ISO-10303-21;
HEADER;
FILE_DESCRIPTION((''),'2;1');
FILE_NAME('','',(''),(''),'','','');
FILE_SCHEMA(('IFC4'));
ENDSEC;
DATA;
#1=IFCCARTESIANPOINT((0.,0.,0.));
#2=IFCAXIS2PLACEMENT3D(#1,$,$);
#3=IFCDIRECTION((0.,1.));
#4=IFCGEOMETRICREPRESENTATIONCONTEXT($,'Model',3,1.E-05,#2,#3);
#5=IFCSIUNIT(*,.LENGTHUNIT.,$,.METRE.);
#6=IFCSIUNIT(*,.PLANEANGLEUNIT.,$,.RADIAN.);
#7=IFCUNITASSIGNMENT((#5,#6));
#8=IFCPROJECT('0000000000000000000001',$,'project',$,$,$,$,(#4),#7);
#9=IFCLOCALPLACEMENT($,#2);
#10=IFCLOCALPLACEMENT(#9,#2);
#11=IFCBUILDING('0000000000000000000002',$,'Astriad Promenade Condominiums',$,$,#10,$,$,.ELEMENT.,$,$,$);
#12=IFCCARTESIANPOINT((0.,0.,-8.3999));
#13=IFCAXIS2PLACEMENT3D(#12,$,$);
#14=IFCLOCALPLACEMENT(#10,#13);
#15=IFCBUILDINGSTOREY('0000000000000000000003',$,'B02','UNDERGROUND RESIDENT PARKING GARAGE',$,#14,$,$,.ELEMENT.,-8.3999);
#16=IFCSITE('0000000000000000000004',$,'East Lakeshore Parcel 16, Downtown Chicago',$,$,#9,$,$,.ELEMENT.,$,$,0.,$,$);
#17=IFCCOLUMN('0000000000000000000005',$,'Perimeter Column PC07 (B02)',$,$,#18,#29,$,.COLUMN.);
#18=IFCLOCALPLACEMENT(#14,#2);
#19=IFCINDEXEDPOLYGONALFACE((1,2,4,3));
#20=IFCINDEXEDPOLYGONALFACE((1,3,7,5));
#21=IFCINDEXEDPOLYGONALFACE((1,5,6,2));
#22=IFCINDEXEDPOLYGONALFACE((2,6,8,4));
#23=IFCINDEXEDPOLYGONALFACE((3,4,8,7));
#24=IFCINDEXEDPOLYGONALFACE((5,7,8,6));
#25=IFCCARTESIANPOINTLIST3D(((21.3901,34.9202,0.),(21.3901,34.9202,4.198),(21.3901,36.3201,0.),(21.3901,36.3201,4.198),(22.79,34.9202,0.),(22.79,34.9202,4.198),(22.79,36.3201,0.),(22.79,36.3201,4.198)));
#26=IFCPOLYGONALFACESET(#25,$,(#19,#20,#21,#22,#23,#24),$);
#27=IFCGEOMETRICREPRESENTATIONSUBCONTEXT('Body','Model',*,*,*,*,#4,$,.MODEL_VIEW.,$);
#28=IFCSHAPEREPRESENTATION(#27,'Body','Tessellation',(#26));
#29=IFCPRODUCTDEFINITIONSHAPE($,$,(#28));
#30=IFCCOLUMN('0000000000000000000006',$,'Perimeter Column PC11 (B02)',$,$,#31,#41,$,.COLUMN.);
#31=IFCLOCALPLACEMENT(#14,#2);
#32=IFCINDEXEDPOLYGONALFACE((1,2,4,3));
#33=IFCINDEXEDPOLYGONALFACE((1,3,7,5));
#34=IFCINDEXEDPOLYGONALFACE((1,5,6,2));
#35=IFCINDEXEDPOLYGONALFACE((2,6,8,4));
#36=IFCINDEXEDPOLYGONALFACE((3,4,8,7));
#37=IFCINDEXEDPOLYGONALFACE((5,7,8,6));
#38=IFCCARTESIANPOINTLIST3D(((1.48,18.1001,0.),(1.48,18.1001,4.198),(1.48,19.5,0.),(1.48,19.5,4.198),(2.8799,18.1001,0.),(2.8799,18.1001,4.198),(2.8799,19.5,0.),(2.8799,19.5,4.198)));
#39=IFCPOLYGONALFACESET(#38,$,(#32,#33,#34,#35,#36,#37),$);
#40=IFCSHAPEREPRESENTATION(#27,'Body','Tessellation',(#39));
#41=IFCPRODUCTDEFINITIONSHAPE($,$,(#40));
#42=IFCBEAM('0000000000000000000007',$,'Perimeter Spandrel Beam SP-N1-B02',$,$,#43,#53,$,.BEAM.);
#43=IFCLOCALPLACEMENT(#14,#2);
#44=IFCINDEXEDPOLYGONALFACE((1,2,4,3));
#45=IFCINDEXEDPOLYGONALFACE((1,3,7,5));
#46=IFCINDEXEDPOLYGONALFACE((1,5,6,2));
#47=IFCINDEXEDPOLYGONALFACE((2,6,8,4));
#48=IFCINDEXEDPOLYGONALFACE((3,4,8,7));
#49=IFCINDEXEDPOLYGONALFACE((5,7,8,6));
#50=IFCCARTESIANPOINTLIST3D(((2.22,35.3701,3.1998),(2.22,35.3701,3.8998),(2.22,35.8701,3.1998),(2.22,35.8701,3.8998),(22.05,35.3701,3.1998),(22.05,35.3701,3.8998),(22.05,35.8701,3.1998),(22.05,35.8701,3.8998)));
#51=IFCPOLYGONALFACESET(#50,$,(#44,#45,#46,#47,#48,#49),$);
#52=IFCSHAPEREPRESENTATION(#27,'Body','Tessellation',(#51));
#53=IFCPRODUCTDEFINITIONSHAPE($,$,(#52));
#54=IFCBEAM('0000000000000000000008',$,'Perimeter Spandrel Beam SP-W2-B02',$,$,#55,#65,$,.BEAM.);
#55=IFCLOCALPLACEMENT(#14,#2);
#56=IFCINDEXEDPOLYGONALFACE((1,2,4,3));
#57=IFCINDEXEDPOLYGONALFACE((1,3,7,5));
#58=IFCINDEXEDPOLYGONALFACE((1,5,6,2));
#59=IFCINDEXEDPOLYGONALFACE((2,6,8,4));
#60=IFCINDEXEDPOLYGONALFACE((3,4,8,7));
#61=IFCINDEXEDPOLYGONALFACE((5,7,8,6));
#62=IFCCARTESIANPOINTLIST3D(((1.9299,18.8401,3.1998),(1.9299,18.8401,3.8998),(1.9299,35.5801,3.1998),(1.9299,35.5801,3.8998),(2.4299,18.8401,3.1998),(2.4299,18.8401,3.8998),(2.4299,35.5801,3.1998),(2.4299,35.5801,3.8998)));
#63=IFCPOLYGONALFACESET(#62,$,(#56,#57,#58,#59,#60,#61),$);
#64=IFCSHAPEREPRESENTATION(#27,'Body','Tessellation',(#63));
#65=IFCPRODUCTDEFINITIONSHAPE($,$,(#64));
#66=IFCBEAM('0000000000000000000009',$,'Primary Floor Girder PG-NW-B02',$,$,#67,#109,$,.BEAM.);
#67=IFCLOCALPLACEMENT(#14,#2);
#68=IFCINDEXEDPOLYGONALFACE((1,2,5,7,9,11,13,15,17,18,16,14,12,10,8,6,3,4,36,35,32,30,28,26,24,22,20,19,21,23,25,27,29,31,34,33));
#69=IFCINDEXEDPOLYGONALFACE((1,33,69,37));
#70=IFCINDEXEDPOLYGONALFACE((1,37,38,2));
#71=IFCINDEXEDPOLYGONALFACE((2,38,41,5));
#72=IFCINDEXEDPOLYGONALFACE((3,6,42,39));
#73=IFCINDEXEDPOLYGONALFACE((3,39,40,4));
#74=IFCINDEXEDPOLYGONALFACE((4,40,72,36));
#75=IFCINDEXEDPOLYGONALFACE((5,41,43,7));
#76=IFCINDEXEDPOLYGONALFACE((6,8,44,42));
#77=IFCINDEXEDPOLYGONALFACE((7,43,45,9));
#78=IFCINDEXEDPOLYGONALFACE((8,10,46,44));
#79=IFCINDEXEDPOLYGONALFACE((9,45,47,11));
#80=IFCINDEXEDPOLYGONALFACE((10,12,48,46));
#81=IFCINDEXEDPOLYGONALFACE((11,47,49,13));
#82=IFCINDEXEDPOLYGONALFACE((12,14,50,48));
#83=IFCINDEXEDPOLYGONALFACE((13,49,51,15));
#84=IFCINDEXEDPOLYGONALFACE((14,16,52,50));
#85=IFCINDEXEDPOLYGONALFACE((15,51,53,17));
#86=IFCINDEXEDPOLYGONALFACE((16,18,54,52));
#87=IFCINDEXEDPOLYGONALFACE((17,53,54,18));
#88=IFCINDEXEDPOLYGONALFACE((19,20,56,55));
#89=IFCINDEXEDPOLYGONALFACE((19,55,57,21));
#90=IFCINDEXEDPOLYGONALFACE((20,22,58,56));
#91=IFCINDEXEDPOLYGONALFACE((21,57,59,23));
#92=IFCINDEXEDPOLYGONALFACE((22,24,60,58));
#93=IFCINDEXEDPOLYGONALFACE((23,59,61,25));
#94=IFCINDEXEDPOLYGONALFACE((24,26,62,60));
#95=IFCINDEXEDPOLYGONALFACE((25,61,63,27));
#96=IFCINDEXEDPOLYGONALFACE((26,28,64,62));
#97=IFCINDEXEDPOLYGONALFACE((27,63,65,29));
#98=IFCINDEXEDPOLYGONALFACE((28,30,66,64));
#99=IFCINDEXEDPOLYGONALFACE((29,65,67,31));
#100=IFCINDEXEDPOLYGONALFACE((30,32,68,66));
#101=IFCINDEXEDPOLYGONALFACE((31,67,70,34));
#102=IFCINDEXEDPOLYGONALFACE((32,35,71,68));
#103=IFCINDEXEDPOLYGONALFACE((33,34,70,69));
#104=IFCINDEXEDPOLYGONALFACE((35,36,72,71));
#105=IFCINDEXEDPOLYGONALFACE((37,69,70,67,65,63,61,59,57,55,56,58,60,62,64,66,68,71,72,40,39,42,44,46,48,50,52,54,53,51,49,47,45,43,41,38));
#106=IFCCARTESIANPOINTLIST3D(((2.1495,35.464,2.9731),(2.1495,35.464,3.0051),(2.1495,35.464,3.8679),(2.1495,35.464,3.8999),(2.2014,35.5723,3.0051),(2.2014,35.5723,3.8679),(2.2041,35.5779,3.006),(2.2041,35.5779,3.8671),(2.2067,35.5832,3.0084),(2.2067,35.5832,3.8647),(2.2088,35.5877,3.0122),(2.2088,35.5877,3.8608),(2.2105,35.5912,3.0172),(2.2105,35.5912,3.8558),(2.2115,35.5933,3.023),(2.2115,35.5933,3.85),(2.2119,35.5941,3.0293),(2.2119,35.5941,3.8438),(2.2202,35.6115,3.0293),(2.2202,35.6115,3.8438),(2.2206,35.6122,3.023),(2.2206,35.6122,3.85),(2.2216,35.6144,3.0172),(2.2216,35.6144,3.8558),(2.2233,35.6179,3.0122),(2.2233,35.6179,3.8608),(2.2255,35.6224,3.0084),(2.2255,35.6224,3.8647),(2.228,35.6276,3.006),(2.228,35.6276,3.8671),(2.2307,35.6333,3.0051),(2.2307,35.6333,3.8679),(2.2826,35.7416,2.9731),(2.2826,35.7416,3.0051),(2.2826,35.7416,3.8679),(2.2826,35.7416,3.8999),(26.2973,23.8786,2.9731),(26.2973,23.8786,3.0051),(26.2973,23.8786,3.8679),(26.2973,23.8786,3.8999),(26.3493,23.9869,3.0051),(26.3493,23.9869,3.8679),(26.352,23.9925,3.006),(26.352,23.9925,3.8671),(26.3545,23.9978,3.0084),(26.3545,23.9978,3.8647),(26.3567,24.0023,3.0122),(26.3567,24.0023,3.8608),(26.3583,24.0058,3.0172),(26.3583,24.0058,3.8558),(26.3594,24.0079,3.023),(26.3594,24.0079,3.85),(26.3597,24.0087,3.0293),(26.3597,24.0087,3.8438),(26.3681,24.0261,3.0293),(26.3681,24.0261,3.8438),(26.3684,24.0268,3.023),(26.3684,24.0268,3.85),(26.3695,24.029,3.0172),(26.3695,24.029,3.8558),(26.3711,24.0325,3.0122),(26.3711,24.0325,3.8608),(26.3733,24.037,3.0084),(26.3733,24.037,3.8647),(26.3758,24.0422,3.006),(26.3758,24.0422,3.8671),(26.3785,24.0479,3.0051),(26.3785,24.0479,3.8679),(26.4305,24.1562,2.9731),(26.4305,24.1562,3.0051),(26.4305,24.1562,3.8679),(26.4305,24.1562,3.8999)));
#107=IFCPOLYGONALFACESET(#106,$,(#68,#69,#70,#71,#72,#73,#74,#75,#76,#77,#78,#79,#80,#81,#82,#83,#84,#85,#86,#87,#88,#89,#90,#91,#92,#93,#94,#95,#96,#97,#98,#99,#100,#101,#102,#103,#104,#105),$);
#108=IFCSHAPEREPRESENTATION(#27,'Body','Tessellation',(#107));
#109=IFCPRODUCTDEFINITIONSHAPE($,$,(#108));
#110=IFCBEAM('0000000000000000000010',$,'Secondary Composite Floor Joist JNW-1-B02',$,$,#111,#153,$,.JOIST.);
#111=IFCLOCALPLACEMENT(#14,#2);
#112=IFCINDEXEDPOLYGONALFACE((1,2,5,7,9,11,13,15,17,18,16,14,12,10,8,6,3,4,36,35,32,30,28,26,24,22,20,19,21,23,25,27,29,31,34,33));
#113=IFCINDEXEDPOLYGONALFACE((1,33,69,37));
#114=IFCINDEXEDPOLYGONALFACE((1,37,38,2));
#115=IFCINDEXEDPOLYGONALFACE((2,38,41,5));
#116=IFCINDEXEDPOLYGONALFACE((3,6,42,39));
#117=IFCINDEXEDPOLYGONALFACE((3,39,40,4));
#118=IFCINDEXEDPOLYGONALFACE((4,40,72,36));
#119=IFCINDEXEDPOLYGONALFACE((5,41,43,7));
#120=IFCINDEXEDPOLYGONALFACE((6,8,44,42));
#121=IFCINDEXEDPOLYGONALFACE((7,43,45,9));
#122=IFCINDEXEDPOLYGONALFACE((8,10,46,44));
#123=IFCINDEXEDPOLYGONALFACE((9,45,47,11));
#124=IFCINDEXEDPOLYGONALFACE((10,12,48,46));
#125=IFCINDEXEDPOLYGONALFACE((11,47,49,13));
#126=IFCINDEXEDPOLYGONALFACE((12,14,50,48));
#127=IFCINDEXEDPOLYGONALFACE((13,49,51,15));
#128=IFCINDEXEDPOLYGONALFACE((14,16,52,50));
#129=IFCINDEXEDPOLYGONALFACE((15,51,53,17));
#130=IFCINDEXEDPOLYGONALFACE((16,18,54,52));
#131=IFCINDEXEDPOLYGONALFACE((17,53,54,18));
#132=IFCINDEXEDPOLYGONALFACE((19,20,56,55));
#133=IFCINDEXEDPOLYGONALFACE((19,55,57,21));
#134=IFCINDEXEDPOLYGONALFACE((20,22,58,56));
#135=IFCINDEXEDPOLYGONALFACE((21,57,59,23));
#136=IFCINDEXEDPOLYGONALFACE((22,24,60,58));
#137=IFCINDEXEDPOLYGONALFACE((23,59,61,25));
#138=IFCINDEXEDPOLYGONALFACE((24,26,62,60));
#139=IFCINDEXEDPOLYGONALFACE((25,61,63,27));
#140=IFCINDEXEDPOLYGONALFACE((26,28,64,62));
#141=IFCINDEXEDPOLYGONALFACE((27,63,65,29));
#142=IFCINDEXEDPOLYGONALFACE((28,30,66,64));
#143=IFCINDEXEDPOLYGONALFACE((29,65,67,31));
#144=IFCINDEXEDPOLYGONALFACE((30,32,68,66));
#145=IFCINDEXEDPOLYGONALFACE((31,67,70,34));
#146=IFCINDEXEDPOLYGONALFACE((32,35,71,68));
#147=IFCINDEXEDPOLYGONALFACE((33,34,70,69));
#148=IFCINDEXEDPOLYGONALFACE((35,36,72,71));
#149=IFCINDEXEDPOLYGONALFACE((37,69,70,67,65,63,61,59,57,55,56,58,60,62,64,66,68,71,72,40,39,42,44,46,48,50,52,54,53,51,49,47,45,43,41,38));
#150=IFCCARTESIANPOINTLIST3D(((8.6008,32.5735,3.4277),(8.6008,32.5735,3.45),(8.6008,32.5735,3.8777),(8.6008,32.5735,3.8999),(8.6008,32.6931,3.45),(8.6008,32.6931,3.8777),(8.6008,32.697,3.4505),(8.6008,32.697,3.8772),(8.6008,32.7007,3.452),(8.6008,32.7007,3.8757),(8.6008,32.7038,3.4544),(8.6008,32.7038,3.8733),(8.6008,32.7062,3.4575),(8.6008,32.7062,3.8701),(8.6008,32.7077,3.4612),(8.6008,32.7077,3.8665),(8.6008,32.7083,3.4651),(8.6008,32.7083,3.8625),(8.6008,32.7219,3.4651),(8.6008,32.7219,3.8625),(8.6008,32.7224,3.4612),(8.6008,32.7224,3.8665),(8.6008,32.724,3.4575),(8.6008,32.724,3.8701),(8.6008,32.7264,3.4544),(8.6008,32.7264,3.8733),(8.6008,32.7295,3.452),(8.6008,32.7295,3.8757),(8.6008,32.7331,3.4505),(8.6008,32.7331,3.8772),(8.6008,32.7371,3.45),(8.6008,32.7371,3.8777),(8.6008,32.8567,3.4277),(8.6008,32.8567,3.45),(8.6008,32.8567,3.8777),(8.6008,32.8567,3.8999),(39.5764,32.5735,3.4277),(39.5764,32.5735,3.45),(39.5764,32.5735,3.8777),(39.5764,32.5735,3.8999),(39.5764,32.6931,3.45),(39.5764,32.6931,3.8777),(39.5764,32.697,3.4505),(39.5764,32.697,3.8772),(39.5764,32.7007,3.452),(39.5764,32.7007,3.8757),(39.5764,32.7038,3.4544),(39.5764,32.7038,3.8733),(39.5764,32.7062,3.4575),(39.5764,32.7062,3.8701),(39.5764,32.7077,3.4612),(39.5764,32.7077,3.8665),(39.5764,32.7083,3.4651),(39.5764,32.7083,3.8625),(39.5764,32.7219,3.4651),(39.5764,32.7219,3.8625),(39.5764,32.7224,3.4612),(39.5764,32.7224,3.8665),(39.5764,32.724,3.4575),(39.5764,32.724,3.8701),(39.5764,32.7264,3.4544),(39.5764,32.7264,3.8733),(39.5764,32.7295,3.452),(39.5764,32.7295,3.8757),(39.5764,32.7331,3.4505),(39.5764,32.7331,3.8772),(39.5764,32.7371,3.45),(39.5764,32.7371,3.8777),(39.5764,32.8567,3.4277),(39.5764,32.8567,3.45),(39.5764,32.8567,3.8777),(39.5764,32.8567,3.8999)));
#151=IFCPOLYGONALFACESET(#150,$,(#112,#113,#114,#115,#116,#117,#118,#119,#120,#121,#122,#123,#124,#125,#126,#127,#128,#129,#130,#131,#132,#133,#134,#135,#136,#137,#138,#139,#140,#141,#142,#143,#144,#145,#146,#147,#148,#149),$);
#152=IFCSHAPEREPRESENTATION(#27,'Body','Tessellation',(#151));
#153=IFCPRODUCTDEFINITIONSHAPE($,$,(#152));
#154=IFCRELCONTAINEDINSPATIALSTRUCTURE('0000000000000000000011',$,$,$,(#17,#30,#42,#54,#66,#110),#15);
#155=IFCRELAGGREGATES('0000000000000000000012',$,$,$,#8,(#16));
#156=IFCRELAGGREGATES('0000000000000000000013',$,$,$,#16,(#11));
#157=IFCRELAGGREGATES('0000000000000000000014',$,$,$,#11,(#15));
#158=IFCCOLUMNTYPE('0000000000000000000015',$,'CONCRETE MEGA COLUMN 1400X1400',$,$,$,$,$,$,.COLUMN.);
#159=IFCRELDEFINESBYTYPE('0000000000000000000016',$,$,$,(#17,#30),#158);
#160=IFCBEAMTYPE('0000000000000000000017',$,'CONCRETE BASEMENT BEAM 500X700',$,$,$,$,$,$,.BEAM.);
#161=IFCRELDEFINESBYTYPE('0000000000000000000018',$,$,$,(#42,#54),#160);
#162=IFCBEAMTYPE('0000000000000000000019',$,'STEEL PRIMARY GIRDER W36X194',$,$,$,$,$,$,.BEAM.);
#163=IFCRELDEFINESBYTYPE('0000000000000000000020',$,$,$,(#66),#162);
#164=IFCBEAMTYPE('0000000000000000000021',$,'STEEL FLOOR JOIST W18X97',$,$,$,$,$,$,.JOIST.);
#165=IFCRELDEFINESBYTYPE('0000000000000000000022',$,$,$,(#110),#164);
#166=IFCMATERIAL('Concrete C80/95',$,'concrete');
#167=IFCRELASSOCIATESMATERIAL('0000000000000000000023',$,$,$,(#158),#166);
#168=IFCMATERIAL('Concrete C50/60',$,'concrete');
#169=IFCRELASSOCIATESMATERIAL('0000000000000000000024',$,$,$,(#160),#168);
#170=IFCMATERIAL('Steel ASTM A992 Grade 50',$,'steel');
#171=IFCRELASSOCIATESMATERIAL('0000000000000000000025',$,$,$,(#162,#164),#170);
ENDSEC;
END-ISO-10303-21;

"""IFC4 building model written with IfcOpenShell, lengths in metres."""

from ifc_helpers import new_model, si_unit, direction, frame, origin, origin_2d, place, context, subcontext, project, spatial, rectangle, i_section, extrude, source, transform, mapped, material, material_profile, profile_set, type_object, type_shapes, element, save


model = new_model("IFC4")

# Units and contexts
model_context = context("Model", 3, precision=1e-05, world=origin(), true_north=direction((0.0, 1.0)))
body_context = subcontext(model_context, "Body", "Model", "MODEL_VIEW")
ifc_project = project(units=[si_unit("LENGTHUNIT", "METRE"), si_unit("PLANEANGLEUNIT", "RADIAN")], contexts=[model_context])

# Site, building, storey
site_placement = place(None, origin())
site = spatial("IfcSite", under=ifc_project, at=site_placement, Name="East Lakeshore Parcel 16, Downtown Chicago", CompositionType="ELEMENT", RefElevation=0.0)
building_placement = place(site_placement, origin())
building = spatial("IfcBuilding", under=site, at=building_placement, Name="Astriad Promenade Condominiums", CompositionType="ELEMENT")
storey_placement = place(building_placement, frame((0.0, 0.0, -8.3999)))
storey = spatial("IfcBuildingStorey", under=building, at=storey_placement, Name="B02", Description="UNDERGROUND RESIDENT PARKING GARAGE", CompositionType="ELEMENT", Elevation=-8.3999)

# Shared definitions
ifc_material_1 = material(Name="Concrete C50/60", Category="concrete")

# Columns
ifc_material_2 = material(Name="Concrete C80/95", Category="concrete")
ifc_material_profile_1 = material_profile(ifc_material_2, rectangle(XDim=1.3999, YDim=1.3999, at=origin_2d()), Name="RC-COL-1400X1400")
ifc_profile_set_1 = profile_set([ifc_material_profile_1], Name="Concrete C80/95")
column_type = type_object("IfcColumnType", Name="CONCRETE MEGA COLUMN 1400X1400", PredefinedType="COLUMN", material=ifc_profile_set_1)
shared_shape_1 = source(origin(), body_context, "Body", "SweptSolid", [
    extrude(rectangle(XDim=1.3999, YDim=1.3999, at=origin_2d()), origin(), (0.0, 0.0, 1.0), 4.198),
])
type_shapes(column_type, [shared_shape_1])
for number, where, z_axis, x_axis, name in (
    (1, (22.0901, 35.6201, 0.0), (0.0, 0.0, 1.0), (1.0, 0.0, 0.0), "Perimeter Column PC07 (B02)"),
    (2, (2.1799, 18.8, 0.0), (0.0, 0.0, 1.0), (1.0, 0.0, 0.0), "Perimeter Column PC11 (B02)"),
):
    element("IfcColumn", number, at=place(storey_placement, frame(where, z_axis=z_axis, x_axis=x_axis)), inside=storey, type_object=column_type, Name=name, PredefinedType="COLUMN", context=body_context, shape_type="MappedRepresentation", body=[
        mapped(shared_shape_1, transform((0.0, 0.0, 0.0), scale=1.0)),
    ])

# Beams
ifc_material_profile_2 = material_profile(ifc_material_1, rectangle(XDim=0.5, YDim=0.7, at=origin_2d()), Name="RC-BM-500X700")
ifc_profile_set_2 = profile_set([ifc_material_profile_2], Name="Concrete C50/60")
beam_type_1 = type_object("IfcBeamType", Name="CONCRETE BASEMENT BEAM 500X700", PredefinedType="BEAM", material=ifc_profile_set_2)
shared_shape_2 = source(origin(), body_context, "Body", "SweptSolid", [
    extrude(rectangle(XDim=0.5, YDim=0.7, at=origin_2d()), origin(), (0.0, 0.0, 1.0), 19.8301),
])
beam_1_placement = place(storey_placement, frame((22.05, 35.6201, 3.5498), z_axis=(-1.0, 0.0, 0.0), x_axis=(0.0, -1.0, 0.0)))
element("IfcBeam", 3, at=beam_1_placement, inside=storey, type_object=beam_type_1, Name="Perimeter Spandrel Beam SP-N1-B02", PredefinedType="BEAM", context=body_context, shape_type="MappedRepresentation", body=[
    mapped(shared_shape_2, transform((0.0, 0.0, 0.0), scale=1.0)),
])
shared_shape_3 = source(origin(), body_context, "Body", "SweptSolid", [
    extrude(rectangle(XDim=0.5, YDim=0.7, at=origin_2d()), origin(), (0.0, 0.0, 1.0), 16.74),
])
type_shapes(beam_type_1, [shared_shape_2, shared_shape_3])
beam_2_placement = place(storey_placement, frame((2.1799, 35.5801, 3.5498), z_axis=(0.0, -1.0, 0.0), x_axis=(1.0, 0.0, 0.0)))
element("IfcBeam", 4, at=beam_2_placement, inside=storey, type_object=beam_type_1, Name="Perimeter Spandrel Beam SP-W2-B02", PredefinedType="BEAM", context=body_context, shape_type="MappedRepresentation", body=[
    mapped(shared_shape_3, transform((0.0, 0.0, 0.0), scale=1.0)),
])
ifc_material_3 = material(Name="Steel ASTM A992 Grade 50", Category="steel")
ifc_material_profile_3 = material_profile(ifc_material_3, i_section(OverallWidth=0.3079, OverallDepth=0.9268, WebThickness=0.0193, FlangeThickness=0.032, FilletRadius=0.0242, at=origin_2d()), Name="W36X194")
ifc_profile_set_3 = profile_set([ifc_material_profile_3], Name="Steel ASTM A992 Grade 50")
beam_type_2 = type_object("IfcBeamType", Name="STEEL PRIMARY GIRDER W36X194", PredefinedType="BEAM", material=ifc_profile_set_3)
shared_shape_4 = source(origin(), body_context, "Body", "SweptSolid", [
    extrude(i_section(OverallWidth=0.3079, OverallDepth=0.9268, WebThickness=0.0193, FlangeThickness=0.032, FilletRadius=0.0242, at=origin_2d()), origin(), (0.0, 0.0, 1.0), 26.7832),
])
type_shapes(beam_type_2, [shared_shape_4])
beam_3_placement = place(storey_placement, frame((2.2161, 35.6028, 3.4365), z_axis=(0.901604, -0.432562, 0.0), x_axis=(0.432562, 0.901604, 0.0)))
element("IfcBeam", 5, at=beam_3_placement, inside=storey, type_object=beam_type_2, Name="Primary Floor Girder PG-NW-B02", PredefinedType="BEAM", context=body_context, shape_type="MappedRepresentation", body=[
    mapped(shared_shape_4, transform((0.0, 0.0, 0.0), scale=1.0)),
])
ifc_material_profile_4 = material_profile(ifc_material_3, i_section(OverallWidth=0.2832, OverallDepth=0.4722, WebThickness=0.0137, FlangeThickness=0.0222, FilletRadius=0.0151, at=origin_2d()), Name="W18X97")
ifc_profile_set_4 = profile_set([ifc_material_profile_4], Name="Steel ASTM A992 Grade 50")
beam_type_3 = type_object("IfcBeamType", Name="STEEL FLOOR JOIST W18X97", PredefinedType="JOIST", material=ifc_profile_set_4)
shared_shape_5 = source(origin(), body_context, "Body", "SweptSolid", [
    extrude(i_section(OverallWidth=0.2832, OverallDepth=0.4722, WebThickness=0.0137, FlangeThickness=0.0222, FilletRadius=0.0151, at=origin_2d()), origin(), (0.0, 0.0, 1.0), 30.9756),
])
beam_4_placement = place(storey_placement, frame((8.6008, 32.7151, 3.6638), z_axis=(1.0, 0.0, 0.0), x_axis=(0.0, 1.0, 0.0)))
element("IfcBeam", 6, at=beam_4_placement, inside=storey, type_object=beam_type_3, Name="Secondary Composite Floor Joist JNW-1-B02", PredefinedType="JOIST", context=body_context, shape_type="MappedRepresentation", body=[
    mapped(shared_shape_5, transform((0.0, 0.0, 0.0), scale=1.0)),
])

save(model, "model.ifc")
